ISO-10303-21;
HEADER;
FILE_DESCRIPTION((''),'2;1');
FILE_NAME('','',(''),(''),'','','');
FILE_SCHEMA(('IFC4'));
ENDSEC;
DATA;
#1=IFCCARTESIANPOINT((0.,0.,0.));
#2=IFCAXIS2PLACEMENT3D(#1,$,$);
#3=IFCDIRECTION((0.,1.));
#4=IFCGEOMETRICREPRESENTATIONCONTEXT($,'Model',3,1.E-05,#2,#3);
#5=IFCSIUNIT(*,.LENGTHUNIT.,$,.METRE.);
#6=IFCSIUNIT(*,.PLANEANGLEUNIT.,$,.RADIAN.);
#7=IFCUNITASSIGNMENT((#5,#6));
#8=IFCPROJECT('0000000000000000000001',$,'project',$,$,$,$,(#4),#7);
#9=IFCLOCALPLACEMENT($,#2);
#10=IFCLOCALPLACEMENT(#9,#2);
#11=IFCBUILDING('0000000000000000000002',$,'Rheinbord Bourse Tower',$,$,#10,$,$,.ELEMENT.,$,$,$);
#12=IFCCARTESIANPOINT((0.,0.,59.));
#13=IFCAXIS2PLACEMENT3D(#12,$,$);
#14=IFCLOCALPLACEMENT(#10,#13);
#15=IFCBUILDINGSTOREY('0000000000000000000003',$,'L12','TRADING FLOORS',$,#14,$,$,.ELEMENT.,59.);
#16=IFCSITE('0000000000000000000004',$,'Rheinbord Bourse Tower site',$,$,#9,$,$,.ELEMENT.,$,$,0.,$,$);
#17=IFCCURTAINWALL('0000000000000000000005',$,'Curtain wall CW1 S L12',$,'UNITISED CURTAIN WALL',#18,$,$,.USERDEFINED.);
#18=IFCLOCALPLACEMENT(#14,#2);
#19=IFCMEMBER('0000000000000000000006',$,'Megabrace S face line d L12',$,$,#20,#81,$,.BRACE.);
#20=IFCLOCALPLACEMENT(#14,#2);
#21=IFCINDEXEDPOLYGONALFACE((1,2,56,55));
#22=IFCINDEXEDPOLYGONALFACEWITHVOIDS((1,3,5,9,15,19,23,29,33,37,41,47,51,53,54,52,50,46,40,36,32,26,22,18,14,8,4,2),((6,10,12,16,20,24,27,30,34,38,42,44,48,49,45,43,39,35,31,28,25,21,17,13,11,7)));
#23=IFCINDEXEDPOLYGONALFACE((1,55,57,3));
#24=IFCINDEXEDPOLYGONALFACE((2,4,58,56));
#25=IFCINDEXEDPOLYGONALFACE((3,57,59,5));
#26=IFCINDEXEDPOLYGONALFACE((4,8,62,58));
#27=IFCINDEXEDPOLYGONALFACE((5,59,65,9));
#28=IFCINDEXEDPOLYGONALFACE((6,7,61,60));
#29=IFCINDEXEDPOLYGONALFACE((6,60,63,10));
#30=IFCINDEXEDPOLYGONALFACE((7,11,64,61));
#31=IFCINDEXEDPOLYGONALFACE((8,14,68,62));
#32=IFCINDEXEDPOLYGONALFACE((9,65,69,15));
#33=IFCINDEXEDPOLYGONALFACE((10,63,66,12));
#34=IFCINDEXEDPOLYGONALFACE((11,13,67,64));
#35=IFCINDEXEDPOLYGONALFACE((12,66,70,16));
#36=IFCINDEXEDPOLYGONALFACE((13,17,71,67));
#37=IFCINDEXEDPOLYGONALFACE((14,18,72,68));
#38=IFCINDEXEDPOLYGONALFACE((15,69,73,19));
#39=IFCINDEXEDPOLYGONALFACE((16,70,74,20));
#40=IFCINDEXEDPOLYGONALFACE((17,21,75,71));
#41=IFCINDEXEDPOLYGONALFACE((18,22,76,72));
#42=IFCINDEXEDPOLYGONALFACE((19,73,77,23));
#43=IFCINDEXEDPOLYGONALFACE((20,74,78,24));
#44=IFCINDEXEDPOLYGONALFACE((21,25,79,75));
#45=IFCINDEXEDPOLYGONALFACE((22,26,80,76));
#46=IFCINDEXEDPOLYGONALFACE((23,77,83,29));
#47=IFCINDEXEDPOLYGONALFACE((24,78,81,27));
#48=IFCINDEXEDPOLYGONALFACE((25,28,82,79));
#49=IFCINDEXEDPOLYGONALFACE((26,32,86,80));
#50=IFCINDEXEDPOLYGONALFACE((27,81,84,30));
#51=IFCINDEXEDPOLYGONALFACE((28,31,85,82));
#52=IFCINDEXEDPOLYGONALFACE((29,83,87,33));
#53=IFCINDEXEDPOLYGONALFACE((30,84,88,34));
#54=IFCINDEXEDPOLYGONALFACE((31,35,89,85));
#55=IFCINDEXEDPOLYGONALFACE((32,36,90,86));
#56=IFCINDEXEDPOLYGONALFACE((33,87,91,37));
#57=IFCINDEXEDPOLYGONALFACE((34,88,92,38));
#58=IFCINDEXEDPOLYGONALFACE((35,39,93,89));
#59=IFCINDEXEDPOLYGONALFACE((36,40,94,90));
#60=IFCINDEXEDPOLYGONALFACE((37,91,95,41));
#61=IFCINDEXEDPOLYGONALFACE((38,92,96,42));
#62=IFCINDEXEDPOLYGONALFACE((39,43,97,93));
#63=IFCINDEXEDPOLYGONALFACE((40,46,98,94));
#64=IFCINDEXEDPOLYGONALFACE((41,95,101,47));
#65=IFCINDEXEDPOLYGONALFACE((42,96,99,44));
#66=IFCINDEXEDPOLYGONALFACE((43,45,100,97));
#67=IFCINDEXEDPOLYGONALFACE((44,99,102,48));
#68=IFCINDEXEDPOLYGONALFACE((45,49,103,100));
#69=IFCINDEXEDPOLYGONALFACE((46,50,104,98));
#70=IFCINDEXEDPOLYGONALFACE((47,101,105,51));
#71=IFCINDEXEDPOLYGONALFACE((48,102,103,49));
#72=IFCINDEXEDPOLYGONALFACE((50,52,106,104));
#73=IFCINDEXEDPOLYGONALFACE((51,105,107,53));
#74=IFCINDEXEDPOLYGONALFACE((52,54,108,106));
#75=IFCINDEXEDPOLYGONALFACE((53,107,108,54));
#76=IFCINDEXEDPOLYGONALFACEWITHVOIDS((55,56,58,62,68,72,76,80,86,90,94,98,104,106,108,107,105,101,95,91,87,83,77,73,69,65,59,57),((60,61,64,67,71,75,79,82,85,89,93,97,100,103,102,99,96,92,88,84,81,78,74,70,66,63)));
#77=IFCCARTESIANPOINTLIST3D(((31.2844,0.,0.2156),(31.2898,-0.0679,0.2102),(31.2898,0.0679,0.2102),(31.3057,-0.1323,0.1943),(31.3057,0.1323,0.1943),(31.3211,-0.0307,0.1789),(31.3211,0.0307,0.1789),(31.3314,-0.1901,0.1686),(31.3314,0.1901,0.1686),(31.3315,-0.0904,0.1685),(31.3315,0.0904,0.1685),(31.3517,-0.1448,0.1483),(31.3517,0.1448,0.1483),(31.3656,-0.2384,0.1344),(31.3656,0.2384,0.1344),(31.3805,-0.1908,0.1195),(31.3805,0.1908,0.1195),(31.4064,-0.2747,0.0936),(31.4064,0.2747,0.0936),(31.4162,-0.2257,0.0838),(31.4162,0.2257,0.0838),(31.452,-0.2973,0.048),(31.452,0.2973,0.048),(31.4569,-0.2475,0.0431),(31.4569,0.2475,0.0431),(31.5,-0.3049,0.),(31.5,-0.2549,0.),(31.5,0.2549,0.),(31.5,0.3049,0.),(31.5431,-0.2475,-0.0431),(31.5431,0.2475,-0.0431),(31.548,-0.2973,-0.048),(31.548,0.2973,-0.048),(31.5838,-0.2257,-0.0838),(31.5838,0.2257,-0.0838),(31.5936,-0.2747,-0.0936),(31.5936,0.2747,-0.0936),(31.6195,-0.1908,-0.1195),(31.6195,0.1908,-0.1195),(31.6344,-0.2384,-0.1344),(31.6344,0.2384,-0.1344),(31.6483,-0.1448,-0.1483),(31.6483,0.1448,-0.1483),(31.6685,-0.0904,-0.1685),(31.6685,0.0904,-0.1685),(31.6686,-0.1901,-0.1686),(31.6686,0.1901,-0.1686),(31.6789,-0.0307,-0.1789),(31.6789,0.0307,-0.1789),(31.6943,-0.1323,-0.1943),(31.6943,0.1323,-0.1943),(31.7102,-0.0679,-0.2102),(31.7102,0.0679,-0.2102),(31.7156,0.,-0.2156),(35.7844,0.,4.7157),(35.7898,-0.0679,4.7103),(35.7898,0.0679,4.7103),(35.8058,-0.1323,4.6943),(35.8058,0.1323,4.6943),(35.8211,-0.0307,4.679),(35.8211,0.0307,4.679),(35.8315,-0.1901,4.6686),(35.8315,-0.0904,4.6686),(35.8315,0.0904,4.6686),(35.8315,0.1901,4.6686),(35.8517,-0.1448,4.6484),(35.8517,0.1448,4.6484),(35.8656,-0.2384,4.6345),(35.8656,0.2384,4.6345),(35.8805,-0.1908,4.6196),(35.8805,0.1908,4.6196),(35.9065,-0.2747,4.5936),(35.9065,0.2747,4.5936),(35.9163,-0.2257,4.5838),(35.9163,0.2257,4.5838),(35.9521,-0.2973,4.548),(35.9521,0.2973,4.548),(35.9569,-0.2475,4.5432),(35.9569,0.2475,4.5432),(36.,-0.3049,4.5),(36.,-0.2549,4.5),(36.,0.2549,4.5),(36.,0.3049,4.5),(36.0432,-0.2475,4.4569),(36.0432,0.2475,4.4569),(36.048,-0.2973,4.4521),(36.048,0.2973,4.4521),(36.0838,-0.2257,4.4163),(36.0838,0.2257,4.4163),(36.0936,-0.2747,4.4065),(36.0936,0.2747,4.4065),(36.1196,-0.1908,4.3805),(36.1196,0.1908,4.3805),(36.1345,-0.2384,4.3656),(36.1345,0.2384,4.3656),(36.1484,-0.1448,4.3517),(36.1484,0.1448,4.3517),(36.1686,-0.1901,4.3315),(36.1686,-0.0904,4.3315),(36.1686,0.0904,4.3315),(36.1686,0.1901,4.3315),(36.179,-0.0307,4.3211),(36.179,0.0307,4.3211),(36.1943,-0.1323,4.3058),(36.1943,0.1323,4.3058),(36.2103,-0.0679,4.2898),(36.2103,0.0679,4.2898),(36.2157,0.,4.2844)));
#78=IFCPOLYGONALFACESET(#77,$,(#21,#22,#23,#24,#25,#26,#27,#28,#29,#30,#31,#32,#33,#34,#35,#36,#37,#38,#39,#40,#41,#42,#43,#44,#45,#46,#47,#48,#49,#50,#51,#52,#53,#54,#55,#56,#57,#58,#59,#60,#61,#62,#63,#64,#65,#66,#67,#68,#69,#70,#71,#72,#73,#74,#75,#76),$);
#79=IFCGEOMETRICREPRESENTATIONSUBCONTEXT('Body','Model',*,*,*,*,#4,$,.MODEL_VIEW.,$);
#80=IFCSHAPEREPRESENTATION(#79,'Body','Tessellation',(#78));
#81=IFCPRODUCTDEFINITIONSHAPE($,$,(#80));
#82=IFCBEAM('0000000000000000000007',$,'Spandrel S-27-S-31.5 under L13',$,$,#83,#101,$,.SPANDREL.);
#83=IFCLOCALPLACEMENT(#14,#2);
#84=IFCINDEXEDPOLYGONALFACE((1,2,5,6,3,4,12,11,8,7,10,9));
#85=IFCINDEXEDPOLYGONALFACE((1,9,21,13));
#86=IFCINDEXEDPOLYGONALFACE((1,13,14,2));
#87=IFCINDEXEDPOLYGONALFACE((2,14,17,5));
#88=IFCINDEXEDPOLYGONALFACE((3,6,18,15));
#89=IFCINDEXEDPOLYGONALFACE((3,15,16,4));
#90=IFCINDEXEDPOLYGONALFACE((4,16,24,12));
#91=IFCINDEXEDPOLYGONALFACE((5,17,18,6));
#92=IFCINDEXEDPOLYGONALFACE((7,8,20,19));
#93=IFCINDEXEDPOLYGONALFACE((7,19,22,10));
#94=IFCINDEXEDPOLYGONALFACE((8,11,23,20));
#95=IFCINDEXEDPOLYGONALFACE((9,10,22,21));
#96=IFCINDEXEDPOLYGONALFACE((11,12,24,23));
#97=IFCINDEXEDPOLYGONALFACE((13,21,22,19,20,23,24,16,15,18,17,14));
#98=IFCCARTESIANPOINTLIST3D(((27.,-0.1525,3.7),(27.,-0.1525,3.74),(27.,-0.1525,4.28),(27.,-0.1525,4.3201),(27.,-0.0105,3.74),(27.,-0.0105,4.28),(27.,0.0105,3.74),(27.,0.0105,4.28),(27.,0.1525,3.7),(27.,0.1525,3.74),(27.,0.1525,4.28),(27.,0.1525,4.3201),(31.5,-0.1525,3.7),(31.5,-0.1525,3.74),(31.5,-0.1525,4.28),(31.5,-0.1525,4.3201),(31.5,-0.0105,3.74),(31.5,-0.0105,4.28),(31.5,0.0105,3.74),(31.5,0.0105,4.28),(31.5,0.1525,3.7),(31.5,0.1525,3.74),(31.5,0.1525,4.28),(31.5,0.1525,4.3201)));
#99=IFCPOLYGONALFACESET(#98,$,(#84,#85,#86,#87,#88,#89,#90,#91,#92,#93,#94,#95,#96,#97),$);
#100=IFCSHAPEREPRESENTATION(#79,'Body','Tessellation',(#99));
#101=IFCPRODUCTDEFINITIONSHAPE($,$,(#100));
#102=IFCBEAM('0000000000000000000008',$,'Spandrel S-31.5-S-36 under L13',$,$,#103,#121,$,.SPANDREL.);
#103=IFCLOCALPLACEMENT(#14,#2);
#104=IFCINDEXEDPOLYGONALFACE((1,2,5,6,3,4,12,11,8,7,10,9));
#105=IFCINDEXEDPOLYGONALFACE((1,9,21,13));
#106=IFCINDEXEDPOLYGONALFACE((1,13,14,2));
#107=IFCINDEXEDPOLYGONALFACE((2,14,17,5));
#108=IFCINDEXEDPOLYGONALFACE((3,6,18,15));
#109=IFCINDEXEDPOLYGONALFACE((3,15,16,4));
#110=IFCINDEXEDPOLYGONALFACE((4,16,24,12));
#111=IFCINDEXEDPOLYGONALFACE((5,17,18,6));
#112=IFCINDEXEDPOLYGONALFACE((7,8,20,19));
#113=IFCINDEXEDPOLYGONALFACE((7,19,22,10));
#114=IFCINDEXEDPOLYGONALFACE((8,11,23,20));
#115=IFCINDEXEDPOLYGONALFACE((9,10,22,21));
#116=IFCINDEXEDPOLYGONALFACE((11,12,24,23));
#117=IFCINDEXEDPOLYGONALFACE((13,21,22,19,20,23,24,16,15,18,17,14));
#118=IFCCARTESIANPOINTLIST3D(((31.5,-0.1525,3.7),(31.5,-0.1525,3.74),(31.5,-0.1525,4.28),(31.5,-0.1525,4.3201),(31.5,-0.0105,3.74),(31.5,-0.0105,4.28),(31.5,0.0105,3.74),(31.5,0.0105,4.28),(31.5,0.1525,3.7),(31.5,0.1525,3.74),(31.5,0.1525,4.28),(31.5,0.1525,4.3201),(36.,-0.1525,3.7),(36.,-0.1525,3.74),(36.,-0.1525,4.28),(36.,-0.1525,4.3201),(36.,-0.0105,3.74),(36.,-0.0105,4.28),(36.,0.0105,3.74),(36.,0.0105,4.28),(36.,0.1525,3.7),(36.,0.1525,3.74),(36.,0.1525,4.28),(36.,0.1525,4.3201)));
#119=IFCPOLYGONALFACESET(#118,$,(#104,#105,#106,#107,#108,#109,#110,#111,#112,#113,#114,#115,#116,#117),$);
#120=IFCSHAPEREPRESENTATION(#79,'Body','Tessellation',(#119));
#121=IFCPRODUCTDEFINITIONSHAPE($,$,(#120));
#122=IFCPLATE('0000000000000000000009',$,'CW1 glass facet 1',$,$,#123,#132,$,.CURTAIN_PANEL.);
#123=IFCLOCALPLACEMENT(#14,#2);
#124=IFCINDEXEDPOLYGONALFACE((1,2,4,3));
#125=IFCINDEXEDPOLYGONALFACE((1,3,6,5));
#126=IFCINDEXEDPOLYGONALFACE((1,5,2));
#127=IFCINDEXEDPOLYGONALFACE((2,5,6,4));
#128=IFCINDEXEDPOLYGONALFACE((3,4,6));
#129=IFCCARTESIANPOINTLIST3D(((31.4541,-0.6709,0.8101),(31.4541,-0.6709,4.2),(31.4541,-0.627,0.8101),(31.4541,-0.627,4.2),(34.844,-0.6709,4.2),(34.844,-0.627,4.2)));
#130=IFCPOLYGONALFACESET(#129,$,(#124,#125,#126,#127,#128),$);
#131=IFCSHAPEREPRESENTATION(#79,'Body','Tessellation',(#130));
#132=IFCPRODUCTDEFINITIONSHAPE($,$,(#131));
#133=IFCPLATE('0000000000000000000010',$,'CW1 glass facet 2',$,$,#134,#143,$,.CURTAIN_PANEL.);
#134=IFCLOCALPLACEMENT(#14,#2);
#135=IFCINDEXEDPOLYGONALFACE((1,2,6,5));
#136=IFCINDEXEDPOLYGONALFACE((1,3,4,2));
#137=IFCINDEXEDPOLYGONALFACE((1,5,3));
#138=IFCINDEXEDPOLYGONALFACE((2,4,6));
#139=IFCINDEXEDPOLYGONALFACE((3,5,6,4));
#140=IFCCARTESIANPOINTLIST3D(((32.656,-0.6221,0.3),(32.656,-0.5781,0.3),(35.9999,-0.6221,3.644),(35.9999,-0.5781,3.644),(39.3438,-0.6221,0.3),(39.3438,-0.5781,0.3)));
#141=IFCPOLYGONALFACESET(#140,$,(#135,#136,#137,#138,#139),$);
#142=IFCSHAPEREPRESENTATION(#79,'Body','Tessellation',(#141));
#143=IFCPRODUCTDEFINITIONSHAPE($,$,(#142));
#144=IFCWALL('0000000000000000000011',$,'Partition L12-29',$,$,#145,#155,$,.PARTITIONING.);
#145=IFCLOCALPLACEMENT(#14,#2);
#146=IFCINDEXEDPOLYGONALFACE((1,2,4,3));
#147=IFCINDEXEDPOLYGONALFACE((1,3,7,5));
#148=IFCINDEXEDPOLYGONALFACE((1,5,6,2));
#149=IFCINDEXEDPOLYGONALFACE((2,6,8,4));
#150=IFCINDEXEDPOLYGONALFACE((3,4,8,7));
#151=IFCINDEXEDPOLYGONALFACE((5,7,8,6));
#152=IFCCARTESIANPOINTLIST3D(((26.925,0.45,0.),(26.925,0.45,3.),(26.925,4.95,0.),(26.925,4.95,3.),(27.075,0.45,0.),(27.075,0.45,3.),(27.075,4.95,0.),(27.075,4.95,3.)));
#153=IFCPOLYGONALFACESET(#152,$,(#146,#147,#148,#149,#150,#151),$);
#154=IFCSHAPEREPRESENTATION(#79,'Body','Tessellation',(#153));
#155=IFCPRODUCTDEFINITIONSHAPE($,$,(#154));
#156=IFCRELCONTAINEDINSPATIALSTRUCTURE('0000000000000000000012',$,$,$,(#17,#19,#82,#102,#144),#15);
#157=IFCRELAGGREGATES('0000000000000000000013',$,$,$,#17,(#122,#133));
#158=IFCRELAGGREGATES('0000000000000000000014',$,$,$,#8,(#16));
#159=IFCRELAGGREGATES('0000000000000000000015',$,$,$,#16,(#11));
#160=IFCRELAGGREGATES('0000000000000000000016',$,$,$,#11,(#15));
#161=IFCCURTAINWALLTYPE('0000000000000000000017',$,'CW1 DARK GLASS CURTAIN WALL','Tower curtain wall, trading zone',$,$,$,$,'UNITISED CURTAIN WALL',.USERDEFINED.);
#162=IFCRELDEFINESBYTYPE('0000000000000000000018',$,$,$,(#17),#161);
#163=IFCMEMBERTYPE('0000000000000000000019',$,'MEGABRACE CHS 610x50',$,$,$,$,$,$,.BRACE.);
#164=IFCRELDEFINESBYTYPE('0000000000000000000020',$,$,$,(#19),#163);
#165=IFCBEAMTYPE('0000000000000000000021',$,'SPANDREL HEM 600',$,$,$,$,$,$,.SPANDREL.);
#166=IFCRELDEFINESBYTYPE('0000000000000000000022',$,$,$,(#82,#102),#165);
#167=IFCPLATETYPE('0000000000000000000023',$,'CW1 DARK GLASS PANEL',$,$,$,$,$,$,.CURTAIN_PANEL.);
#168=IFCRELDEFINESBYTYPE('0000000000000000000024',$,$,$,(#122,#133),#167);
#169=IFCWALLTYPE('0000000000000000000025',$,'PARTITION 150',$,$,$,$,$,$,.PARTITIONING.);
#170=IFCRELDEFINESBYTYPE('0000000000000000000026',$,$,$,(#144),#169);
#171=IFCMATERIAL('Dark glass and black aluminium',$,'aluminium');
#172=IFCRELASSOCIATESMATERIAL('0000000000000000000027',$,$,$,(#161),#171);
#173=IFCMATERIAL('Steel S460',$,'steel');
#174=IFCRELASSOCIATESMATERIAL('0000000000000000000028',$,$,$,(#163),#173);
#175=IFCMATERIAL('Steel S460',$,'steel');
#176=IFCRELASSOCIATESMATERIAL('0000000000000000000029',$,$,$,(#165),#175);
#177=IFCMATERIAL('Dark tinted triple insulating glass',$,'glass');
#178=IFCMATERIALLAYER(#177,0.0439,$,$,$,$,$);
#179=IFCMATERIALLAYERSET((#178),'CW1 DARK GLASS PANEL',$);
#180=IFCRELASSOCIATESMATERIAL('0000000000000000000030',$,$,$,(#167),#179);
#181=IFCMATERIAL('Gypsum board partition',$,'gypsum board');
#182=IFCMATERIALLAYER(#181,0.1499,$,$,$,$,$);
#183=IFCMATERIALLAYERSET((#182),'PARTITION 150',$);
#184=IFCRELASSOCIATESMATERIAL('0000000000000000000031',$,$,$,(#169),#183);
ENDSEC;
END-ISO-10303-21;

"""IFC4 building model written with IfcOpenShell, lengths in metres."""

from ifc_helpers import new_model, si_unit, direction, frame, frame_2d, origin, origin_2d, place, context, subcontext, project, spatial, polyline, rectangle, hollow_circle, i_section, outline, extrude, material, layer, layer_set, material_profile, profile_set, type_object, element, aggregate, save


model = new_model("IFC4")

# Units and contexts
model_context = context("Model", 3, precision=1e-05, world=origin(), true_north=direction((0.0, 1.0)))
body_context = subcontext(model_context, "Body", "Model", "MODEL_VIEW")
ifc_project = project(units=[si_unit("LENGTHUNIT", "METRE"), si_unit("PLANEANGLEUNIT", "RADIAN")], contexts=[model_context])

# Site, building, storey
site_placement = place(None, origin())
site = spatial("IfcSite", under=ifc_project, at=site_placement, Name="Rheinbord Bourse Tower site", CompositionType="ELEMENT", RefElevation=0.0)
building_placement = place(site_placement, origin())
building = spatial("IfcBuilding", under=site, at=building_placement, Name="Rheinbord Bourse Tower", CompositionType="ELEMENT")
storey_placement = place(building_placement, frame((0.0, 0.0, 59.0)))
storey = spatial("IfcBuildingStorey", under=building, at=storey_placement, Name="L12", Description="TRADING FLOORS", CompositionType="ELEMENT", Elevation=59.0)

# Curtain wall
ifc_material_1 = material(Name="Dark glass and black aluminium", Category="aluminium")
curtain_wall_type = type_object("IfcCurtainWallType", Name="CW1 DARK GLASS CURTAIN WALL", Description="Tower curtain wall, trading zone", ElementType="UNITISED CURTAIN WALL", PredefinedType="USERDEFINED", material=ifc_material_1)
curtain_wall_placement = place(storey_placement, origin())
curtain_wall = element("IfcCurtainWall", 1, at=curtain_wall_placement, inside=storey, type_object=curtain_wall_type, Name="Curtain wall CW1 S L12", ObjectType="UNITISED CURTAIN WALL", PredefinedType="USERDEFINED")

# Member
ifc_material_2 = material(Name="Steel S460", Category="steel")
ifc_material_profile_1 = material_profile(ifc_material_2, hollow_circle(Radius=0.3049, WallThickness=0.05, at=origin_2d()), Name="CHS 610x50")
ifc_profile_set_1 = profile_set([ifc_material_profile_1], Name="Steel S460")
member_type_1 = type_object("IfcMemberType", Name="MEGABRACE CHS 610x50", PredefinedType="BRACE", material=ifc_profile_set_1)
member_1_placement = place(storey_placement, frame((31.5, 0.0, 0.0), z_axis=(0.707107, 0.0, 0.707107), x_axis=(0.0, 1.0, 0.0)))
element("IfcMember", 2, at=member_1_placement, inside=storey, type_object=member_type_1, Name="Megabrace S face line d L12", PredefinedType="BRACE", context=body_context, shape_type="SweptSolid", body=[
    extrude(hollow_circle(Radius=0.3049, WallThickness=0.05, at=origin_2d()), origin(), (0.0, 0.0, 1.0), 6.364),
])

# Beams
ifc_material_3 = material(Name="Steel S460", Category="steel")
ifc_material_profile_2 = material_profile(ifc_material_3, i_section(OverallWidth=0.3049, OverallDepth=0.6201, WebThickness=0.021, FlangeThickness=0.04, at=origin_2d()), Name="HEM 600")
ifc_profile_set_2 = profile_set([ifc_material_profile_2], Name="Steel S460")
beam_type_1 = type_object("IfcBeamType", Name="SPANDREL HEM 600", PredefinedType="SPANDREL", material=ifc_profile_set_2)
for number, where, z_axis, x_axis, name in (
    (3, (27.0, 0.0, 4.01), (1.0, 0.0, 0.0), (0.0, 1.0, 0.0), "Spandrel S-27-S-31.5 under L13"),
    (4, (31.5, 0.0, 4.01), (1.0, 0.0, 0.0), (0.0, 1.0, 0.0), "Spandrel S-31.5-S-36 under L13"),
):
    element("IfcBeam", number, at=place(storey_placement, frame(where, z_axis=z_axis, x_axis=x_axis)), inside=storey, type_object=beam_type_1, Name=name, PredefinedType="SPANDREL", context=body_context, shape_type="SweptSolid", body=[
        extrude(i_section(OverallWidth=0.3049, OverallDepth=0.6201, WebThickness=0.021, FlangeThickness=0.04, at=origin_2d()), origin(), (0.0, 0.0, 1.0), 4.5),
    ])

# Plates
ifc_material_4 = material(Name="Dark tinted triple insulating glass", Category="glass")
ifc_layer_1 = layer(ifc_material_4, 0.0439)
ifc_layer_set_1 = layer_set([ifc_layer_1], Name="CW1 DARK GLASS PANEL")
plate_type = type_object("IfcPlateType", Name="CW1 DARK GLASS PANEL", PredefinedType="CURTAIN_PANEL", material=ifc_layer_set_1)
plate_1_placement = place(storey_placement, frame((31.4541, -0.6709, 4.2), z_axis=(0.0, 1.0, 0.0), x_axis=(1.0, 0.0, 0.0)))
plate_1 = element("IfcPlate", 5, at=plate_1_placement, type_object=plate_type, Name="CW1 glass facet 1", PredefinedType="CURTAIN_PANEL", context=body_context, shape_type="SweptSolid", body=[
    extrude(outline(polyline([(0.0, 0.0), (3.3899, 0.0), (0.0, 3.3899), (0.0, 0.0)])), origin(), (0.0, 0.0, 1.0), 0.0439),
])
plate_2_placement = place(storey_placement, frame((32.656, -0.6221, 0.3), z_axis=(0.0, 1.0, 0.0), x_axis=(0.707107, 0.0, 0.707107)))
plate_2 = element("IfcPlate", 6, at=plate_2_placement, type_object=plate_type, Name="CW1 glass facet 2", PredefinedType="CURTAIN_PANEL", context=body_context, shape_type="SweptSolid", body=[
    extrude(outline(polyline([(0.0, 0.0), (4.729, 0.0), (4.729, 4.729), (0.0, 0.0)])), origin(), (0.0, 0.0, 1.0), 0.0439),
])
aggregate(curtain_wall, [plate_1, plate_2])

# Wall
ifc_material_5 = material(Name="Gypsum board partition", Category="gypsum board")
ifc_layer_2 = layer(ifc_material_5, 0.1499)
ifc_layer_set_2 = layer_set([ifc_layer_2], Name="PARTITION 150")
wall_type = type_object("IfcWallType", Name="PARTITION 150", PredefinedType="PARTITIONING", material=ifc_layer_set_2)
wall_placement = place(storey_placement, frame((27.0, 0.45, 0.0), z_axis=(0.0, 0.0, 1.0), x_axis=(0.0, 1.0, 0.0)))
element("IfcWall", 7, at=wall_placement, inside=storey, type_object=wall_type, Name="Partition L12-29", PredefinedType="PARTITIONING", context=body_context, shape_type="SweptSolid", body=[
    extrude(rectangle(XDim=4.5, YDim=0.1499, at=frame_2d((2.25, 0.0))), origin(), (0.0, 0.0, 1.0), 3.0),
])

save(model, "model.ifc")
